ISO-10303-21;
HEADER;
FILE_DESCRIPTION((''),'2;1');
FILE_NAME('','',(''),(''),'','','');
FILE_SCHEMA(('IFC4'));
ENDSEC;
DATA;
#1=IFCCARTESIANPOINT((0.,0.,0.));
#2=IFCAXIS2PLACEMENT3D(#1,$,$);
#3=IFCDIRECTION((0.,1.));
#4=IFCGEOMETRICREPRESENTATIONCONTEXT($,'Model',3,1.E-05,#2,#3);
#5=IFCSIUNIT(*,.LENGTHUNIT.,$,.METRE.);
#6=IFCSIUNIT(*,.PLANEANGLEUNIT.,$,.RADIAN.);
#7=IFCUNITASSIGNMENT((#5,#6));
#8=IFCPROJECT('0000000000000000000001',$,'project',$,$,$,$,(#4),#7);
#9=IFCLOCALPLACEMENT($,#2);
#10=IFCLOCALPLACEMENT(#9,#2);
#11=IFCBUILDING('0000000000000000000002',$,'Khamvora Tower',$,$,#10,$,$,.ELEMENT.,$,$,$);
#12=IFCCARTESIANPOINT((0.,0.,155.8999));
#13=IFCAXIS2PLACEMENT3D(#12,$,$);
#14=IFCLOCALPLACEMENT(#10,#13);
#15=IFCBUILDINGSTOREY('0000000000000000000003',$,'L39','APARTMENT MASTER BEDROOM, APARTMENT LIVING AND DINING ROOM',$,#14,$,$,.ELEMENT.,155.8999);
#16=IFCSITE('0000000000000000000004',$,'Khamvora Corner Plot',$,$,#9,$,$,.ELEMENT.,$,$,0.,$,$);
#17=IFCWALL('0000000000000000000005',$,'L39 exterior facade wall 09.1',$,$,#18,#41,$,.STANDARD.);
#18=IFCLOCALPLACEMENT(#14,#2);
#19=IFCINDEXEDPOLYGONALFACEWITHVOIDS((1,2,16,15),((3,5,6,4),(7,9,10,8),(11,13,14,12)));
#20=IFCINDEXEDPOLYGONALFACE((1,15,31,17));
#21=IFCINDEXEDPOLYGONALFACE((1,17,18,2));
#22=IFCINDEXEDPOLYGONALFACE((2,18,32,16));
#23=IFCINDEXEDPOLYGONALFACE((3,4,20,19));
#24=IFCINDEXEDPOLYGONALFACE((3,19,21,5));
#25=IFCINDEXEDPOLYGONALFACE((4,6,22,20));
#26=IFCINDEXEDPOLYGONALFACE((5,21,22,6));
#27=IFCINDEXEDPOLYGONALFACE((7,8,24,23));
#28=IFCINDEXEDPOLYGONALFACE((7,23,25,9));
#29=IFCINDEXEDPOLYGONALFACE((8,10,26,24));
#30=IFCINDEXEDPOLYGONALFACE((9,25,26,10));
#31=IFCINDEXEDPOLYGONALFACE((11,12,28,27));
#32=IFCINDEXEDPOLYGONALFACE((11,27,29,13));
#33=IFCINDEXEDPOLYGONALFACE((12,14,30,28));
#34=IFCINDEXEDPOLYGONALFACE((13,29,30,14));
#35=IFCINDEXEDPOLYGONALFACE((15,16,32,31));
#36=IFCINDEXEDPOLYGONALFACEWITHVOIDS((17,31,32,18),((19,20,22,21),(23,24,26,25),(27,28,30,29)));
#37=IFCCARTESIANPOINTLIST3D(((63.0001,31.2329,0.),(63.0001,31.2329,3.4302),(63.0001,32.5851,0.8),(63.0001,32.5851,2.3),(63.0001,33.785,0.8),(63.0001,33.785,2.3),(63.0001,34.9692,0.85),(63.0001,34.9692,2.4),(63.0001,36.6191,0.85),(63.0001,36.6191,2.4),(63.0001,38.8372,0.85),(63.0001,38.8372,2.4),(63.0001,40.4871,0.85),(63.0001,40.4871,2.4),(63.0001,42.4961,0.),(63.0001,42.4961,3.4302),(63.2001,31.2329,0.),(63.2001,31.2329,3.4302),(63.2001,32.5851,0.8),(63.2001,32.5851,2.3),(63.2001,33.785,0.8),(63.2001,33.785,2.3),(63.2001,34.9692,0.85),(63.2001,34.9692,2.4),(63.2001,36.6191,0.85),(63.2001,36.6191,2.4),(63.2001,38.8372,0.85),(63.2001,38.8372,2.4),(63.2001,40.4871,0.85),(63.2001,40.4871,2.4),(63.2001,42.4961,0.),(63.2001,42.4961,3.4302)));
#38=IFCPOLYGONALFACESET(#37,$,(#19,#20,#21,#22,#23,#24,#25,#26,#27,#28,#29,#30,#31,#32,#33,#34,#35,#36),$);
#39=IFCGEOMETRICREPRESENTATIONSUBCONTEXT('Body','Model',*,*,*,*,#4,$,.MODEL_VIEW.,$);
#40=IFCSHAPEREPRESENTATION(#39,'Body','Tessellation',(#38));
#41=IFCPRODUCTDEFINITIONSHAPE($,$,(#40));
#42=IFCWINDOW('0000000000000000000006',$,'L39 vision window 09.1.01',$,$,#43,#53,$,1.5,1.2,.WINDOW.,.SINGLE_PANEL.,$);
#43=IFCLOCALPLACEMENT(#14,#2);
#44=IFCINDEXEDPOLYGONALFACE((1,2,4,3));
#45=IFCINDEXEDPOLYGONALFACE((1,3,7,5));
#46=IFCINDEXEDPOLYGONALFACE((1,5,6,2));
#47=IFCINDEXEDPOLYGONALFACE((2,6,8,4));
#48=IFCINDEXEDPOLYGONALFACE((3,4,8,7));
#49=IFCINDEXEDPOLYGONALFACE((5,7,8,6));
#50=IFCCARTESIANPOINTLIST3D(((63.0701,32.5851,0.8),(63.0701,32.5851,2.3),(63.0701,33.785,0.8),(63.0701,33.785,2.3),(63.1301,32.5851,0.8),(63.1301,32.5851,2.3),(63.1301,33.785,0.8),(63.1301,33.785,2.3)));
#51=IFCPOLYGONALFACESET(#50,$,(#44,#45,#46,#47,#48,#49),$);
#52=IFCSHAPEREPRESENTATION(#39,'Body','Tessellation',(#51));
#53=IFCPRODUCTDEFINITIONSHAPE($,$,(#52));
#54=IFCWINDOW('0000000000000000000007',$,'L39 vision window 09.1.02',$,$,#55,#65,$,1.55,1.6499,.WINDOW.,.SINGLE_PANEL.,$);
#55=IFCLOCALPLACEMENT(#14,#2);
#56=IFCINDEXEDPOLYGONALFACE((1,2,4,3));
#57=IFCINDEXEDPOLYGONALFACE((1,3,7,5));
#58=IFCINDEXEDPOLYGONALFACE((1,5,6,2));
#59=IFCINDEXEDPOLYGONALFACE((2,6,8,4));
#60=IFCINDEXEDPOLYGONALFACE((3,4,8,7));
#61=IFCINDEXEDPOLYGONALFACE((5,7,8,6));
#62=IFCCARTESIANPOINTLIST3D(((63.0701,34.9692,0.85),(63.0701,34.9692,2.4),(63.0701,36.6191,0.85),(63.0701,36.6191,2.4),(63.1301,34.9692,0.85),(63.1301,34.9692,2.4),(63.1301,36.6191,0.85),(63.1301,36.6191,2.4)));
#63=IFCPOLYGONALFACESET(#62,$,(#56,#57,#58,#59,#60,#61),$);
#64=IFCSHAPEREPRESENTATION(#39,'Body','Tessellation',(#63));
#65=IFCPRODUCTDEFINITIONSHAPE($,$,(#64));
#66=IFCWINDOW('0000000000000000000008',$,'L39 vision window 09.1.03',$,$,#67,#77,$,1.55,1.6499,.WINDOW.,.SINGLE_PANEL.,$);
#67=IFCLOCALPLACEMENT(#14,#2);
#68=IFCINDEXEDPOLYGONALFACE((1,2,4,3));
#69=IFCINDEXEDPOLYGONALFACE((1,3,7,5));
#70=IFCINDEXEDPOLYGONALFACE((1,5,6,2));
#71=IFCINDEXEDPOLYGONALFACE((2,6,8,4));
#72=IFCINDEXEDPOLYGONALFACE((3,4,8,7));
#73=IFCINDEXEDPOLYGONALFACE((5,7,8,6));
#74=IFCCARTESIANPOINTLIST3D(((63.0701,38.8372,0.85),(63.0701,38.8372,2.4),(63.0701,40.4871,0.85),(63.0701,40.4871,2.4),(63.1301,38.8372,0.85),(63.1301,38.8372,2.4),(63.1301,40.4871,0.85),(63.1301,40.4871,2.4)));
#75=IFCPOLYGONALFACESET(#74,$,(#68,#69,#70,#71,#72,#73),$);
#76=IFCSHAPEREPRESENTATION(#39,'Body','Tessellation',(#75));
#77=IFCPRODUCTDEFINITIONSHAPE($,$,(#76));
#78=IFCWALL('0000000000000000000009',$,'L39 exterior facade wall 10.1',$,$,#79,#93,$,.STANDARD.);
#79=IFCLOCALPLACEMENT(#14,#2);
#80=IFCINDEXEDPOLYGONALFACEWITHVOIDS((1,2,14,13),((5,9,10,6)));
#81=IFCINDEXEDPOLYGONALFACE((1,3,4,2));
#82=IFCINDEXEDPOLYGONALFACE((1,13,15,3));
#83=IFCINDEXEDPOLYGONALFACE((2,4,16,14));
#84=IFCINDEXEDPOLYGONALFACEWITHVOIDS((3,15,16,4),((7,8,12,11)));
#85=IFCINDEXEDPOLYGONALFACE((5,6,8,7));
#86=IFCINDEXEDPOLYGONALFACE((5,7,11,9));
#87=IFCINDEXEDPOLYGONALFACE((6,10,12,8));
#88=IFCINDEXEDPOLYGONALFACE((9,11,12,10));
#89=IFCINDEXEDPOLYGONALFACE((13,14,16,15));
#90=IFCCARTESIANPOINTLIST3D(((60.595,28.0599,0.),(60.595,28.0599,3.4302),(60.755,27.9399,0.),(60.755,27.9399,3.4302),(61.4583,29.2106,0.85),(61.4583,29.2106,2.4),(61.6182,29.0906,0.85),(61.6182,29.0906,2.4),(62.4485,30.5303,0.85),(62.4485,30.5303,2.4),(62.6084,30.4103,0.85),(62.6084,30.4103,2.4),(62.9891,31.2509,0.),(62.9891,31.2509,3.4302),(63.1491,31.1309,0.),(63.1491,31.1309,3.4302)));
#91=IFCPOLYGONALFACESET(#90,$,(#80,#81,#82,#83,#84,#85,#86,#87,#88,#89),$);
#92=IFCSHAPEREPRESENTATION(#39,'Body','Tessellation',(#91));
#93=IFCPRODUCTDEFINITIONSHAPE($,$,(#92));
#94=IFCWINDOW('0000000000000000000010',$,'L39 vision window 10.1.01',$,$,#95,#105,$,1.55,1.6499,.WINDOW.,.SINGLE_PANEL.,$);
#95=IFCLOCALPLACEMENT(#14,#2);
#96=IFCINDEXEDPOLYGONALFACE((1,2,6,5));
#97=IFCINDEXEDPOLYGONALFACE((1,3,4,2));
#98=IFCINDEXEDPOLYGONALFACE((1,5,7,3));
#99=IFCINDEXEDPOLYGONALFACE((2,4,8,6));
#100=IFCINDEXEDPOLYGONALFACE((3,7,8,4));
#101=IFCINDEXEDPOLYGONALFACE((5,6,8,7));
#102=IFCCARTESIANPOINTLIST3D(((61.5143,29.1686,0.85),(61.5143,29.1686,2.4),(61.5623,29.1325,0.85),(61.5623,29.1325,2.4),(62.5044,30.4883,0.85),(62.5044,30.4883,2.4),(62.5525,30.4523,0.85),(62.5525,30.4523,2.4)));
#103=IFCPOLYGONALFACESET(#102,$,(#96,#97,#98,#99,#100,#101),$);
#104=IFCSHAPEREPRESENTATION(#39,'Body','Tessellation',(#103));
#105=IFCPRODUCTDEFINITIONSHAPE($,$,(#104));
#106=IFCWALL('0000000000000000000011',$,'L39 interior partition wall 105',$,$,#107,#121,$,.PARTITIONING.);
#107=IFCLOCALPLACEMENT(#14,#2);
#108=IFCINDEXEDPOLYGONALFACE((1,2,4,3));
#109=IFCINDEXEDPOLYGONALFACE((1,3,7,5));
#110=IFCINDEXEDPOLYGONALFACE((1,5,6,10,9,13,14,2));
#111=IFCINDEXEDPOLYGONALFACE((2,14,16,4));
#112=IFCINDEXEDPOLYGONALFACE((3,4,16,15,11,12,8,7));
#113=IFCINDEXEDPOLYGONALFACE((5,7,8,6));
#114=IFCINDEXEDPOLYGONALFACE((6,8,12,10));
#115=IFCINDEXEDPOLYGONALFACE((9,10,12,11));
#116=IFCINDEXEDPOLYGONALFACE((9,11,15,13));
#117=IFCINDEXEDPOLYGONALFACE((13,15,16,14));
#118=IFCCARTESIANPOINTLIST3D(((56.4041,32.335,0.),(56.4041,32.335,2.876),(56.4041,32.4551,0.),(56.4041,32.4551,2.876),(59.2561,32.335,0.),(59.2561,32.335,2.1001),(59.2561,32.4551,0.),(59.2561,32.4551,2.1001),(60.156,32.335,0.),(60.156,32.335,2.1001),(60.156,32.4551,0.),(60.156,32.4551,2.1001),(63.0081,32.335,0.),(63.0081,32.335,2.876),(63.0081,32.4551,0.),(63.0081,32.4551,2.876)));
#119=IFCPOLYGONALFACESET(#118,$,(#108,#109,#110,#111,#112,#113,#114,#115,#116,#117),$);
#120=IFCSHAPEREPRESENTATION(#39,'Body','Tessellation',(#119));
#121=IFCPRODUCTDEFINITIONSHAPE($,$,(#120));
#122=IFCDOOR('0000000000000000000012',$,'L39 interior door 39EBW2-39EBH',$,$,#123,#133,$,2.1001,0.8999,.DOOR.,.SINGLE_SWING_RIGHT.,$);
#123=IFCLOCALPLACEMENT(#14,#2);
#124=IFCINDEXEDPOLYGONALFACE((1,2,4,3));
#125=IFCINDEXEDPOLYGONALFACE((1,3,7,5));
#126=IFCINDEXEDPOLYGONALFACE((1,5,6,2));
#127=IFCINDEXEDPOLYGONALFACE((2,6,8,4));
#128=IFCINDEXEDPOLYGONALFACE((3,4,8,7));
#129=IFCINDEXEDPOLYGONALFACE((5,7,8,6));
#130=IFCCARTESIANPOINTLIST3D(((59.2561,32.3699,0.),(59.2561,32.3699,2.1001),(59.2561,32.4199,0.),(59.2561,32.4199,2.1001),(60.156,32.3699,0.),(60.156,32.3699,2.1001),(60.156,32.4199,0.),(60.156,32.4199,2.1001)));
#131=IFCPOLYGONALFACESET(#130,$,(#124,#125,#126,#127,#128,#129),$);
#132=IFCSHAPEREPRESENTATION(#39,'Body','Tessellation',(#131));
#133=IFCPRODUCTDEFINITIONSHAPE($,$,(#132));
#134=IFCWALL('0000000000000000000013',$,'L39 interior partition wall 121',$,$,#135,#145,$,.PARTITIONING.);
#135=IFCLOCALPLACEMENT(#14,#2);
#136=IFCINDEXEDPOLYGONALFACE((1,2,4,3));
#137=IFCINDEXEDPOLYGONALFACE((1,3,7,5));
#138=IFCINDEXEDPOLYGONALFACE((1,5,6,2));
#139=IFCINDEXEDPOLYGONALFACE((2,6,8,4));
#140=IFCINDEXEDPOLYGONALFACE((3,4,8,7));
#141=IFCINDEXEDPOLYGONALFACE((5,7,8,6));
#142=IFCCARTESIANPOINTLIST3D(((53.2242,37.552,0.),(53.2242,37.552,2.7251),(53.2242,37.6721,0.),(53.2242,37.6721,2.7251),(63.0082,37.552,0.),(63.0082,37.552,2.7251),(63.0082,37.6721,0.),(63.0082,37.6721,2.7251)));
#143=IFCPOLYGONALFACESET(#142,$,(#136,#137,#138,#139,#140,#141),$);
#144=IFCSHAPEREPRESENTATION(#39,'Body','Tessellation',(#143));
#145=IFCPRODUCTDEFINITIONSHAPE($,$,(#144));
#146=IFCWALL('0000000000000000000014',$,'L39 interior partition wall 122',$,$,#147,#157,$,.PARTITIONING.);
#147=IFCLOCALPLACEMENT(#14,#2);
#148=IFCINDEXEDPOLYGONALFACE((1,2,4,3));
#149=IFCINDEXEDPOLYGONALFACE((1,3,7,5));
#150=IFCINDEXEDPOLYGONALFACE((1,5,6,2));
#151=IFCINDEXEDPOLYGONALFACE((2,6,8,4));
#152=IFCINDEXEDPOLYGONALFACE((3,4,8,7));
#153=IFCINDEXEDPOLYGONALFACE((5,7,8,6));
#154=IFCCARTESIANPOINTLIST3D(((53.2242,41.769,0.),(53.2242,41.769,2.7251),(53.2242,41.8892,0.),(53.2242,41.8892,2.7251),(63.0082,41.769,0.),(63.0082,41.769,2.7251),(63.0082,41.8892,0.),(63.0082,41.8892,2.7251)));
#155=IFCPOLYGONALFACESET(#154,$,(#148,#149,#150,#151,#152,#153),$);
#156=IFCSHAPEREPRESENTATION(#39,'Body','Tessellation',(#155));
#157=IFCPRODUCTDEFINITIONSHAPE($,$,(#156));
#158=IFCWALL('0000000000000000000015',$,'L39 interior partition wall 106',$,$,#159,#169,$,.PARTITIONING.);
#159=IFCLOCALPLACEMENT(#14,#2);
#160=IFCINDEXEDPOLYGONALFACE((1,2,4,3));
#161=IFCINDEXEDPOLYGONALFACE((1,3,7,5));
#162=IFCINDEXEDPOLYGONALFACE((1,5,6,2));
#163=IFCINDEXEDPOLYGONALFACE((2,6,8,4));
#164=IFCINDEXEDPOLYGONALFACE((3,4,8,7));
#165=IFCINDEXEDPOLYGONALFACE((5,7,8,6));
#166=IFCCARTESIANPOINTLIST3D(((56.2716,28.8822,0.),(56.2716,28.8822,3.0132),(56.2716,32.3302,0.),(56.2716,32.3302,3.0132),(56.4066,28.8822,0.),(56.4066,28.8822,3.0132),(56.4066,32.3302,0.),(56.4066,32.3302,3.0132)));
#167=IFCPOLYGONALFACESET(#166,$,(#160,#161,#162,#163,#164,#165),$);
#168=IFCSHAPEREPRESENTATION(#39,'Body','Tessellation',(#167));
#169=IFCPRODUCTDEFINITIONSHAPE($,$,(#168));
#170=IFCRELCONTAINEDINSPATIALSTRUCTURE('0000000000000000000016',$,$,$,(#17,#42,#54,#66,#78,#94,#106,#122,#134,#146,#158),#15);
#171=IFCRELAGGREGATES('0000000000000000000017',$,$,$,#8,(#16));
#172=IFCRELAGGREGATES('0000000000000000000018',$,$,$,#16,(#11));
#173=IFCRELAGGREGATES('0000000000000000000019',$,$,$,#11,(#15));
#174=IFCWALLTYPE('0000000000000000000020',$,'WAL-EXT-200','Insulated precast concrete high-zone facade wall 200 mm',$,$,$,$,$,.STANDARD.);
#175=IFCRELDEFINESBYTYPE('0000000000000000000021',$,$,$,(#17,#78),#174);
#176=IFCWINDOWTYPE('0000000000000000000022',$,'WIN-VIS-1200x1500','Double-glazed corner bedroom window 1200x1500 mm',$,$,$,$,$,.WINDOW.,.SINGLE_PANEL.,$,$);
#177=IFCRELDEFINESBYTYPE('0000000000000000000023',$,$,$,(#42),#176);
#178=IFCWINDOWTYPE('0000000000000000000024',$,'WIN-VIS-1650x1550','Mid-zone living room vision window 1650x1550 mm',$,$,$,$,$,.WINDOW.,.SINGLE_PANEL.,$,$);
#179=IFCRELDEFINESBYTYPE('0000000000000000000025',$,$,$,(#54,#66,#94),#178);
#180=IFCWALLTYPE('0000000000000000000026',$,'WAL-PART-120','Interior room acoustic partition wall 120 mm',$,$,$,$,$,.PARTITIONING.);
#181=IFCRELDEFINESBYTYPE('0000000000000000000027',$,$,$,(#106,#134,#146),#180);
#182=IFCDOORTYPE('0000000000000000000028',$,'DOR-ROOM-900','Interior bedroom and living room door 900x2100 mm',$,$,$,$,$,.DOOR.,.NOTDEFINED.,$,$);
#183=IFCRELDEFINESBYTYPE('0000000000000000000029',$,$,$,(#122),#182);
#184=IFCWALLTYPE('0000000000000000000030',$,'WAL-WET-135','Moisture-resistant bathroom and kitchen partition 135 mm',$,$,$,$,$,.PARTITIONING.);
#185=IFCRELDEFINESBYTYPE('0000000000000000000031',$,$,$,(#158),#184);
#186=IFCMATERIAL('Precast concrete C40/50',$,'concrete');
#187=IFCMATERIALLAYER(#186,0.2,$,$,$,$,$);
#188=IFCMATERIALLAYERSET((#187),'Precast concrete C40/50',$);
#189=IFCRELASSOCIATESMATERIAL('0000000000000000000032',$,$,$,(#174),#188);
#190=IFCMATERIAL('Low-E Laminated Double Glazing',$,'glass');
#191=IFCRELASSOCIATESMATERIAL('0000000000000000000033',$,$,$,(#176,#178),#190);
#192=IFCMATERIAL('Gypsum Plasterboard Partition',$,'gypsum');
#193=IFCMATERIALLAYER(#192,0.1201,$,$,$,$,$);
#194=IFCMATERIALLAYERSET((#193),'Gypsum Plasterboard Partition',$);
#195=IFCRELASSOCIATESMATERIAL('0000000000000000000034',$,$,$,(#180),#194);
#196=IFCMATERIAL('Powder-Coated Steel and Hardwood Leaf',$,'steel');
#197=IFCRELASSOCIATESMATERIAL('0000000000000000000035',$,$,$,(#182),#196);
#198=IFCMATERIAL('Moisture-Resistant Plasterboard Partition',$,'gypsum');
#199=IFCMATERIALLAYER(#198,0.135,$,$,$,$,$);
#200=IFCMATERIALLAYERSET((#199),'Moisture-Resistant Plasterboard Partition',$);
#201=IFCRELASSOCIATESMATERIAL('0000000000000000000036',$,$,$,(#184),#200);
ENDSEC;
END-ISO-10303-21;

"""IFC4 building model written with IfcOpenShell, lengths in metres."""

from ifc_helpers import new_model, si_unit, direction, frame, frame_2d, origin, place, context, subcontext, project, spatial, rectangle, extrude, material, layer, layer_set, type_object, element, fill, save


model = new_model("IFC4")

# Units and contexts
model_context = context("Model", 3, precision=1e-05, world=origin(), true_north=direction((0.0, 1.0)))
body_context = subcontext(model_context, "Body", "Model", "MODEL_VIEW")
ifc_project = project(units=[si_unit("LENGTHUNIT", "METRE"), si_unit("PLANEANGLEUNIT", "RADIAN")], contexts=[model_context])

# Site, building, storey
site_placement = place(None, origin())
site = spatial("IfcSite", under=ifc_project, at=site_placement, Name="Khamvora Corner Plot", CompositionType="ELEMENT", RefElevation=0.0)
building_placement = place(site_placement, origin())
building = spatial("IfcBuilding", under=site, at=building_placement, Name="Khamvora Tower", CompositionType="ELEMENT")
storey_placement = place(building_placement, frame((0.0, 0.0, 155.8999)))
storey = spatial("IfcBuildingStorey", under=building, at=storey_placement, Name="L39", Description="APARTMENT MASTER BEDROOM, APARTMENT LIVING AND DINING ROOM", CompositionType="ELEMENT", Elevation=155.8999)

# Shared definitions
ifc_material_1 = material(Name="Precast concrete C40/50", Category="concrete")
ifc_layer_1 = layer(ifc_material_1, 0.2)
ifc_layer_set_1 = layer_set([ifc_layer_1], Name="Precast concrete C40/50")
wall_type_1 = type_object("IfcWallType", Name="WAL-EXT-200", Description="Insulated precast concrete high-zone facade wall 200 mm", PredefinedType="STANDARD", material=ifc_layer_set_1)

# Wall, openings, windows
wall_1_placement = place(storey_placement, frame((63.1001, 42.4961, 0.0), z_axis=(0.0, 0.0, 1.0), x_axis=(0.0, -1.0, 0.0)))
wall_1 = element("IfcWall", 1, at=wall_1_placement, inside=storey, type_object=wall_type_1, Name="L39 exterior facade wall 09.1", PredefinedType="STANDARD", context=body_context, shape_type="SweptSolid", body=[
    extrude(rectangle(XDim=11.2632, YDim=0.2, at=frame_2d((5.6316, 0.0))), origin(), (0.0, 0.0, 1.0), 3.4302),
])
opening_1_placement = place(wall_1_placement, frame((8.7109, 0.0, 0.8)))
opening_1 = element("IfcOpeningElement", 2, at=opening_1_placement, cuts=wall_1, PredefinedType="OPENING", context=body_context, shape_type="SweptSolid", body=[
    extrude(rectangle(XDim=1.2, YDim=1.5, at=frame_2d((0.6001, 0.75))), frame((0.0, 0.1099, 0.0), z_axis=(0.0, -1.0, 0.0), x_axis=(1.0, 0.0, 0.0)), (0.0, 0.0, 1.0), 0.22),
])
opening_2_placement = place(wall_1_placement, frame((5.877, 0.0, 0.8501)))
opening_2 = element("IfcOpeningElement", 3, at=opening_2_placement, cuts=wall_1, PredefinedType="OPENING", context=body_context, shape_type="SweptSolid", body=[
    extrude(rectangle(XDim=1.6499, YDim=1.55, at=frame_2d((0.825, 0.7749))), frame((0.0, 0.1099, 0.0), z_axis=(0.0, -1.0, 0.0), x_axis=(1.0, 0.0, 0.0)), (0.0, 0.0, 1.0), 0.22),
])
opening_3_placement = place(wall_1_placement, frame((2.009, 0.0, 0.8501)))
opening_3 = element("IfcOpeningElement", 4, at=opening_3_placement, cuts=wall_1, PredefinedType="OPENING", context=body_context, shape_type="SweptSolid", body=[
    extrude(rectangle(XDim=1.6499, YDim=1.55, at=frame_2d((0.825, 0.7749))), frame((0.0, 0.1099, 0.0), z_axis=(0.0, -1.0, 0.0), x_axis=(1.0, 0.0, 0.0)), (0.0, 0.0, 1.0), 0.22),
])
ifc_material_2 = material(Name="Low-E Laminated Double Glazing", Category="glass")
window_type_1 = type_object("IfcWindowType", Name="WIN-VIS-1200x1500", Description="Double-glazed corner bedroom window 1200x1500 mm", PartitioningType="SINGLE_PANEL", PredefinedType="WINDOW", material=ifc_material_2)
window_1_placement = place(opening_1_placement, origin())
window_1 = element("IfcWindow", 5, at=window_1_placement, inside=storey, type_object=window_type_1, Name="L39 vision window 09.1.01", OverallHeight=1.5, OverallWidth=1.2, PartitioningType="SINGLE_PANEL", PredefinedType="WINDOW", context=body_context, shape_type="SweptSolid", body=[
    extrude(rectangle(XDim=1.2, YDim=1.5, at=frame_2d((0.6001, 0.75))), frame((0.0, 0.03, 0.0), z_axis=(0.0, -1.0, 0.0), x_axis=(1.0, 0.0, 0.0)), (0.0, 0.0, 1.0), 0.0601),
])
fill(opening_1, window_1)
window_type_2 = type_object("IfcWindowType", Name="WIN-VIS-1650x1550", Description="Mid-zone living room vision window 1650x1550 mm", PartitioningType="SINGLE_PANEL", PredefinedType="WINDOW", material=ifc_material_2)
window_2_placement = place(opening_2_placement, origin())
window_2 = element("IfcWindow", 6, at=window_2_placement, inside=storey, type_object=window_type_2, Name="L39 vision window 09.1.02", OverallHeight=1.55, OverallWidth=1.6499, PartitioningType="SINGLE_PANEL", PredefinedType="WINDOW", context=body_context, shape_type="SweptSolid", body=[
    extrude(rectangle(XDim=1.6499, YDim=1.55, at=frame_2d((0.825, 0.7749))), frame((0.0, 0.03, 0.0), z_axis=(0.0, -1.0, 0.0), x_axis=(1.0, 0.0, 0.0)), (0.0, 0.0, 1.0), 0.0601),
])
fill(opening_2, window_2)
window_3_placement = place(opening_3_placement, origin())
window_3 = element("IfcWindow", 7, at=window_3_placement, inside=storey, type_object=window_type_2, Name="L39 vision window 09.1.03", OverallHeight=1.55, OverallWidth=1.6499, PartitioningType="SINGLE_PANEL", PredefinedType="WINDOW", context=body_context, shape_type="SweptSolid", body=[
    extrude(rectangle(XDim=1.6499, YDim=1.55, at=frame_2d((0.825, 0.7749))), frame((0.0, 0.03, 0.0), z_axis=(0.0, -1.0, 0.0), x_axis=(1.0, 0.0, 0.0)), (0.0, 0.0, 1.0), 0.0601),
])
fill(opening_3, window_3)

# Wall, opening, window
wall_2_placement = place(storey_placement, frame((63.0691, 31.1909, 0.0), z_axis=(0.0, 0.0, 1.0), x_axis=(-0.600137, -0.799897, 0.0)))
wall_2 = element("IfcWall", 8, at=wall_2_placement, inside=storey, type_object=wall_type_1, Name="L39 exterior facade wall 10.1", PredefinedType="STANDARD", context=body_context, shape_type="SweptSolid", body=[
    extrude(rectangle(XDim=3.9893, YDim=0.2, at=frame_2d((1.9946, 0.0))), origin(), (0.0, 0.0, 1.0), 3.4302),
])
opening_4_placement = place(wall_2_placement, frame((0.9009, 0.0, 0.8501)))
opening_4 = element("IfcOpeningElement", 9, at=opening_4_placement, cuts=wall_2, PredefinedType="OPENING", context=body_context, shape_type="SweptSolid", body=[
    extrude(rectangle(XDim=1.6499, YDim=1.55, at=frame_2d((0.825, 0.7749))), frame((0.0, 0.1099, 0.0), z_axis=(0.0, -1.0, 0.0), x_axis=(1.0, 0.0, 0.0)), (0.0, 0.0, 1.0), 0.22),
])
window_4_placement = place(opening_4_placement, origin())
window_4 = element("IfcWindow", 10, at=window_4_placement, inside=storey, type_object=window_type_2, Name="L39 vision window 10.1.01", OverallHeight=1.55, OverallWidth=1.6499, PartitioningType="SINGLE_PANEL", PredefinedType="WINDOW", context=body_context, shape_type="SweptSolid", body=[
    extrude(rectangle(XDim=1.6499, YDim=1.55, at=frame_2d((0.825, 0.7749))), frame((0.0, 0.03, 0.0), z_axis=(0.0, -1.0, 0.0), x_axis=(1.0, 0.0, 0.0)), (0.0, 0.0, 1.0), 0.0601),
])
fill(opening_4, window_4)

# Wall, opening, door
ifc_material_3 = material(Name="Gypsum Plasterboard Partition", Category="gypsum")
ifc_layer_2 = layer(ifc_material_3, 0.1201)
ifc_layer_set_2 = layer_set([ifc_layer_2], Name="Gypsum Plasterboard Partition")
wall_type_2 = type_object("IfcWallType", Name="WAL-PART-120", Description="Interior room acoustic partition wall 120 mm", PredefinedType="PARTITIONING", material=ifc_layer_set_2)
wall_3_placement = place(storey_placement, frame((56.4041, 32.395, 0.0), z_axis=(0.0, 0.0, 1.0), x_axis=(1.0, 0.0, 0.0)))
wall_3 = element("IfcWall", 11, at=wall_3_placement, inside=storey, type_object=wall_type_2, Name="L39 interior partition wall 105", PredefinedType="PARTITIONING", context=body_context, shape_type="SweptSolid", body=[
    extrude(rectangle(XDim=6.604, YDim=0.1201, at=frame_2d((3.302, 0.0))), origin(), (0.0, 0.0, 1.0), 2.876),
])
opening_5_placement = place(wall_3_placement, frame((2.8521, 0.0, 0.0)))
opening_5 = element("IfcOpeningElement", 12, at=opening_5_placement, cuts=wall_3, PredefinedType="OPENING", context=body_context, shape_type="SweptSolid", body=[
    extrude(rectangle(XDim=0.8999, YDim=2.1001, at=frame_2d((0.45, 1.05))), frame((0.0, 0.0701, 0.0), z_axis=(0.0, -1.0, 0.0), x_axis=(1.0, 0.0, 0.0)), (0.0, 0.0, 1.0), 0.1401),
])
ifc_material_4 = material(Name="Powder-Coated Steel and Hardwood Leaf", Category="steel")
door_type_1 = type_object("IfcDoorType", Name="DOR-ROOM-900", Description="Interior bedroom and living room door 900x2100 mm", OperationType="NOTDEFINED", PredefinedType="DOOR", material=ifc_material_4)
door_1_placement = place(opening_5_placement, origin())
door_1 = element("IfcDoor", 13, at=door_1_placement, inside=storey, type_object=door_type_1, Name="L39 interior door 39EBW2-39EBH", OperationType="SINGLE_SWING_RIGHT", OverallHeight=2.1001, OverallWidth=0.8999, PredefinedType="DOOR", context=body_context, shape_type="SweptSolid", body=[
    extrude(rectangle(XDim=0.8999, YDim=2.1001, at=frame_2d((0.45, 1.05))), frame((0.0, 0.0249, 0.0), z_axis=(0.0, -1.0, 0.0), x_axis=(1.0, 0.0, 0.0)), (0.0, 0.0, 1.0), 0.05),
])
fill(opening_5, door_1)

# Walls
for number, where, z_axis, x_axis, name in (
    (14, (53.2241, 37.6121, 0.0), (0.0, 0.0, 1.0), (1.0, 0.0, 0.0), "L39 interior partition wall 121"),
    (15, (53.2241, 41.8291, 0.0), (0.0, 0.0, 1.0), (1.0, 0.0, 0.0), "L39 interior partition wall 122"),
):
    element("IfcWall", number, at=place(storey_placement, frame(where, z_axis=z_axis, x_axis=x_axis)), inside=storey, type_object=wall_type_2, Name=name, PredefinedType="PARTITIONING", context=body_context, shape_type="SweptSolid", body=[
        extrude(rectangle(XDim=9.7839, YDim=0.1201, at=frame_2d((4.8921, 0.0))), origin(), (0.0, 0.0, 1.0), 2.7251),
    ])
ifc_material_5 = material(Name="Moisture-Resistant Plasterboard Partition", Category="gypsum")
ifc_layer_3 = layer(ifc_material_5, 0.135)
ifc_layer_set_3 = layer_set([ifc_layer_3], Name="Moisture-Resistant Plasterboard Partition")
wall_type_3 = type_object("IfcWallType", Name="WAL-WET-135", Description="Moisture-resistant bathroom and kitchen partition 135 mm", PredefinedType="PARTITIONING", material=ifc_layer_set_3)
wall_4_placement = place(storey_placement, frame((56.3391, 28.8821, 0.0), z_axis=(0.0, 0.0, 1.0), x_axis=(0.0, 1.0, 0.0)))
element("IfcWall", 16, at=wall_4_placement, inside=storey, type_object=wall_type_3, Name="L39 interior partition wall 106", PredefinedType="PARTITIONING", context=body_context, shape_type="SweptSolid", body=[
    extrude(rectangle(XDim=3.448, YDim=0.135, at=frame_2d((1.7241, 0.0))), origin(), (0.0, 0.0, 1.0), 3.0132),
])

save(model, "model.ifc")
